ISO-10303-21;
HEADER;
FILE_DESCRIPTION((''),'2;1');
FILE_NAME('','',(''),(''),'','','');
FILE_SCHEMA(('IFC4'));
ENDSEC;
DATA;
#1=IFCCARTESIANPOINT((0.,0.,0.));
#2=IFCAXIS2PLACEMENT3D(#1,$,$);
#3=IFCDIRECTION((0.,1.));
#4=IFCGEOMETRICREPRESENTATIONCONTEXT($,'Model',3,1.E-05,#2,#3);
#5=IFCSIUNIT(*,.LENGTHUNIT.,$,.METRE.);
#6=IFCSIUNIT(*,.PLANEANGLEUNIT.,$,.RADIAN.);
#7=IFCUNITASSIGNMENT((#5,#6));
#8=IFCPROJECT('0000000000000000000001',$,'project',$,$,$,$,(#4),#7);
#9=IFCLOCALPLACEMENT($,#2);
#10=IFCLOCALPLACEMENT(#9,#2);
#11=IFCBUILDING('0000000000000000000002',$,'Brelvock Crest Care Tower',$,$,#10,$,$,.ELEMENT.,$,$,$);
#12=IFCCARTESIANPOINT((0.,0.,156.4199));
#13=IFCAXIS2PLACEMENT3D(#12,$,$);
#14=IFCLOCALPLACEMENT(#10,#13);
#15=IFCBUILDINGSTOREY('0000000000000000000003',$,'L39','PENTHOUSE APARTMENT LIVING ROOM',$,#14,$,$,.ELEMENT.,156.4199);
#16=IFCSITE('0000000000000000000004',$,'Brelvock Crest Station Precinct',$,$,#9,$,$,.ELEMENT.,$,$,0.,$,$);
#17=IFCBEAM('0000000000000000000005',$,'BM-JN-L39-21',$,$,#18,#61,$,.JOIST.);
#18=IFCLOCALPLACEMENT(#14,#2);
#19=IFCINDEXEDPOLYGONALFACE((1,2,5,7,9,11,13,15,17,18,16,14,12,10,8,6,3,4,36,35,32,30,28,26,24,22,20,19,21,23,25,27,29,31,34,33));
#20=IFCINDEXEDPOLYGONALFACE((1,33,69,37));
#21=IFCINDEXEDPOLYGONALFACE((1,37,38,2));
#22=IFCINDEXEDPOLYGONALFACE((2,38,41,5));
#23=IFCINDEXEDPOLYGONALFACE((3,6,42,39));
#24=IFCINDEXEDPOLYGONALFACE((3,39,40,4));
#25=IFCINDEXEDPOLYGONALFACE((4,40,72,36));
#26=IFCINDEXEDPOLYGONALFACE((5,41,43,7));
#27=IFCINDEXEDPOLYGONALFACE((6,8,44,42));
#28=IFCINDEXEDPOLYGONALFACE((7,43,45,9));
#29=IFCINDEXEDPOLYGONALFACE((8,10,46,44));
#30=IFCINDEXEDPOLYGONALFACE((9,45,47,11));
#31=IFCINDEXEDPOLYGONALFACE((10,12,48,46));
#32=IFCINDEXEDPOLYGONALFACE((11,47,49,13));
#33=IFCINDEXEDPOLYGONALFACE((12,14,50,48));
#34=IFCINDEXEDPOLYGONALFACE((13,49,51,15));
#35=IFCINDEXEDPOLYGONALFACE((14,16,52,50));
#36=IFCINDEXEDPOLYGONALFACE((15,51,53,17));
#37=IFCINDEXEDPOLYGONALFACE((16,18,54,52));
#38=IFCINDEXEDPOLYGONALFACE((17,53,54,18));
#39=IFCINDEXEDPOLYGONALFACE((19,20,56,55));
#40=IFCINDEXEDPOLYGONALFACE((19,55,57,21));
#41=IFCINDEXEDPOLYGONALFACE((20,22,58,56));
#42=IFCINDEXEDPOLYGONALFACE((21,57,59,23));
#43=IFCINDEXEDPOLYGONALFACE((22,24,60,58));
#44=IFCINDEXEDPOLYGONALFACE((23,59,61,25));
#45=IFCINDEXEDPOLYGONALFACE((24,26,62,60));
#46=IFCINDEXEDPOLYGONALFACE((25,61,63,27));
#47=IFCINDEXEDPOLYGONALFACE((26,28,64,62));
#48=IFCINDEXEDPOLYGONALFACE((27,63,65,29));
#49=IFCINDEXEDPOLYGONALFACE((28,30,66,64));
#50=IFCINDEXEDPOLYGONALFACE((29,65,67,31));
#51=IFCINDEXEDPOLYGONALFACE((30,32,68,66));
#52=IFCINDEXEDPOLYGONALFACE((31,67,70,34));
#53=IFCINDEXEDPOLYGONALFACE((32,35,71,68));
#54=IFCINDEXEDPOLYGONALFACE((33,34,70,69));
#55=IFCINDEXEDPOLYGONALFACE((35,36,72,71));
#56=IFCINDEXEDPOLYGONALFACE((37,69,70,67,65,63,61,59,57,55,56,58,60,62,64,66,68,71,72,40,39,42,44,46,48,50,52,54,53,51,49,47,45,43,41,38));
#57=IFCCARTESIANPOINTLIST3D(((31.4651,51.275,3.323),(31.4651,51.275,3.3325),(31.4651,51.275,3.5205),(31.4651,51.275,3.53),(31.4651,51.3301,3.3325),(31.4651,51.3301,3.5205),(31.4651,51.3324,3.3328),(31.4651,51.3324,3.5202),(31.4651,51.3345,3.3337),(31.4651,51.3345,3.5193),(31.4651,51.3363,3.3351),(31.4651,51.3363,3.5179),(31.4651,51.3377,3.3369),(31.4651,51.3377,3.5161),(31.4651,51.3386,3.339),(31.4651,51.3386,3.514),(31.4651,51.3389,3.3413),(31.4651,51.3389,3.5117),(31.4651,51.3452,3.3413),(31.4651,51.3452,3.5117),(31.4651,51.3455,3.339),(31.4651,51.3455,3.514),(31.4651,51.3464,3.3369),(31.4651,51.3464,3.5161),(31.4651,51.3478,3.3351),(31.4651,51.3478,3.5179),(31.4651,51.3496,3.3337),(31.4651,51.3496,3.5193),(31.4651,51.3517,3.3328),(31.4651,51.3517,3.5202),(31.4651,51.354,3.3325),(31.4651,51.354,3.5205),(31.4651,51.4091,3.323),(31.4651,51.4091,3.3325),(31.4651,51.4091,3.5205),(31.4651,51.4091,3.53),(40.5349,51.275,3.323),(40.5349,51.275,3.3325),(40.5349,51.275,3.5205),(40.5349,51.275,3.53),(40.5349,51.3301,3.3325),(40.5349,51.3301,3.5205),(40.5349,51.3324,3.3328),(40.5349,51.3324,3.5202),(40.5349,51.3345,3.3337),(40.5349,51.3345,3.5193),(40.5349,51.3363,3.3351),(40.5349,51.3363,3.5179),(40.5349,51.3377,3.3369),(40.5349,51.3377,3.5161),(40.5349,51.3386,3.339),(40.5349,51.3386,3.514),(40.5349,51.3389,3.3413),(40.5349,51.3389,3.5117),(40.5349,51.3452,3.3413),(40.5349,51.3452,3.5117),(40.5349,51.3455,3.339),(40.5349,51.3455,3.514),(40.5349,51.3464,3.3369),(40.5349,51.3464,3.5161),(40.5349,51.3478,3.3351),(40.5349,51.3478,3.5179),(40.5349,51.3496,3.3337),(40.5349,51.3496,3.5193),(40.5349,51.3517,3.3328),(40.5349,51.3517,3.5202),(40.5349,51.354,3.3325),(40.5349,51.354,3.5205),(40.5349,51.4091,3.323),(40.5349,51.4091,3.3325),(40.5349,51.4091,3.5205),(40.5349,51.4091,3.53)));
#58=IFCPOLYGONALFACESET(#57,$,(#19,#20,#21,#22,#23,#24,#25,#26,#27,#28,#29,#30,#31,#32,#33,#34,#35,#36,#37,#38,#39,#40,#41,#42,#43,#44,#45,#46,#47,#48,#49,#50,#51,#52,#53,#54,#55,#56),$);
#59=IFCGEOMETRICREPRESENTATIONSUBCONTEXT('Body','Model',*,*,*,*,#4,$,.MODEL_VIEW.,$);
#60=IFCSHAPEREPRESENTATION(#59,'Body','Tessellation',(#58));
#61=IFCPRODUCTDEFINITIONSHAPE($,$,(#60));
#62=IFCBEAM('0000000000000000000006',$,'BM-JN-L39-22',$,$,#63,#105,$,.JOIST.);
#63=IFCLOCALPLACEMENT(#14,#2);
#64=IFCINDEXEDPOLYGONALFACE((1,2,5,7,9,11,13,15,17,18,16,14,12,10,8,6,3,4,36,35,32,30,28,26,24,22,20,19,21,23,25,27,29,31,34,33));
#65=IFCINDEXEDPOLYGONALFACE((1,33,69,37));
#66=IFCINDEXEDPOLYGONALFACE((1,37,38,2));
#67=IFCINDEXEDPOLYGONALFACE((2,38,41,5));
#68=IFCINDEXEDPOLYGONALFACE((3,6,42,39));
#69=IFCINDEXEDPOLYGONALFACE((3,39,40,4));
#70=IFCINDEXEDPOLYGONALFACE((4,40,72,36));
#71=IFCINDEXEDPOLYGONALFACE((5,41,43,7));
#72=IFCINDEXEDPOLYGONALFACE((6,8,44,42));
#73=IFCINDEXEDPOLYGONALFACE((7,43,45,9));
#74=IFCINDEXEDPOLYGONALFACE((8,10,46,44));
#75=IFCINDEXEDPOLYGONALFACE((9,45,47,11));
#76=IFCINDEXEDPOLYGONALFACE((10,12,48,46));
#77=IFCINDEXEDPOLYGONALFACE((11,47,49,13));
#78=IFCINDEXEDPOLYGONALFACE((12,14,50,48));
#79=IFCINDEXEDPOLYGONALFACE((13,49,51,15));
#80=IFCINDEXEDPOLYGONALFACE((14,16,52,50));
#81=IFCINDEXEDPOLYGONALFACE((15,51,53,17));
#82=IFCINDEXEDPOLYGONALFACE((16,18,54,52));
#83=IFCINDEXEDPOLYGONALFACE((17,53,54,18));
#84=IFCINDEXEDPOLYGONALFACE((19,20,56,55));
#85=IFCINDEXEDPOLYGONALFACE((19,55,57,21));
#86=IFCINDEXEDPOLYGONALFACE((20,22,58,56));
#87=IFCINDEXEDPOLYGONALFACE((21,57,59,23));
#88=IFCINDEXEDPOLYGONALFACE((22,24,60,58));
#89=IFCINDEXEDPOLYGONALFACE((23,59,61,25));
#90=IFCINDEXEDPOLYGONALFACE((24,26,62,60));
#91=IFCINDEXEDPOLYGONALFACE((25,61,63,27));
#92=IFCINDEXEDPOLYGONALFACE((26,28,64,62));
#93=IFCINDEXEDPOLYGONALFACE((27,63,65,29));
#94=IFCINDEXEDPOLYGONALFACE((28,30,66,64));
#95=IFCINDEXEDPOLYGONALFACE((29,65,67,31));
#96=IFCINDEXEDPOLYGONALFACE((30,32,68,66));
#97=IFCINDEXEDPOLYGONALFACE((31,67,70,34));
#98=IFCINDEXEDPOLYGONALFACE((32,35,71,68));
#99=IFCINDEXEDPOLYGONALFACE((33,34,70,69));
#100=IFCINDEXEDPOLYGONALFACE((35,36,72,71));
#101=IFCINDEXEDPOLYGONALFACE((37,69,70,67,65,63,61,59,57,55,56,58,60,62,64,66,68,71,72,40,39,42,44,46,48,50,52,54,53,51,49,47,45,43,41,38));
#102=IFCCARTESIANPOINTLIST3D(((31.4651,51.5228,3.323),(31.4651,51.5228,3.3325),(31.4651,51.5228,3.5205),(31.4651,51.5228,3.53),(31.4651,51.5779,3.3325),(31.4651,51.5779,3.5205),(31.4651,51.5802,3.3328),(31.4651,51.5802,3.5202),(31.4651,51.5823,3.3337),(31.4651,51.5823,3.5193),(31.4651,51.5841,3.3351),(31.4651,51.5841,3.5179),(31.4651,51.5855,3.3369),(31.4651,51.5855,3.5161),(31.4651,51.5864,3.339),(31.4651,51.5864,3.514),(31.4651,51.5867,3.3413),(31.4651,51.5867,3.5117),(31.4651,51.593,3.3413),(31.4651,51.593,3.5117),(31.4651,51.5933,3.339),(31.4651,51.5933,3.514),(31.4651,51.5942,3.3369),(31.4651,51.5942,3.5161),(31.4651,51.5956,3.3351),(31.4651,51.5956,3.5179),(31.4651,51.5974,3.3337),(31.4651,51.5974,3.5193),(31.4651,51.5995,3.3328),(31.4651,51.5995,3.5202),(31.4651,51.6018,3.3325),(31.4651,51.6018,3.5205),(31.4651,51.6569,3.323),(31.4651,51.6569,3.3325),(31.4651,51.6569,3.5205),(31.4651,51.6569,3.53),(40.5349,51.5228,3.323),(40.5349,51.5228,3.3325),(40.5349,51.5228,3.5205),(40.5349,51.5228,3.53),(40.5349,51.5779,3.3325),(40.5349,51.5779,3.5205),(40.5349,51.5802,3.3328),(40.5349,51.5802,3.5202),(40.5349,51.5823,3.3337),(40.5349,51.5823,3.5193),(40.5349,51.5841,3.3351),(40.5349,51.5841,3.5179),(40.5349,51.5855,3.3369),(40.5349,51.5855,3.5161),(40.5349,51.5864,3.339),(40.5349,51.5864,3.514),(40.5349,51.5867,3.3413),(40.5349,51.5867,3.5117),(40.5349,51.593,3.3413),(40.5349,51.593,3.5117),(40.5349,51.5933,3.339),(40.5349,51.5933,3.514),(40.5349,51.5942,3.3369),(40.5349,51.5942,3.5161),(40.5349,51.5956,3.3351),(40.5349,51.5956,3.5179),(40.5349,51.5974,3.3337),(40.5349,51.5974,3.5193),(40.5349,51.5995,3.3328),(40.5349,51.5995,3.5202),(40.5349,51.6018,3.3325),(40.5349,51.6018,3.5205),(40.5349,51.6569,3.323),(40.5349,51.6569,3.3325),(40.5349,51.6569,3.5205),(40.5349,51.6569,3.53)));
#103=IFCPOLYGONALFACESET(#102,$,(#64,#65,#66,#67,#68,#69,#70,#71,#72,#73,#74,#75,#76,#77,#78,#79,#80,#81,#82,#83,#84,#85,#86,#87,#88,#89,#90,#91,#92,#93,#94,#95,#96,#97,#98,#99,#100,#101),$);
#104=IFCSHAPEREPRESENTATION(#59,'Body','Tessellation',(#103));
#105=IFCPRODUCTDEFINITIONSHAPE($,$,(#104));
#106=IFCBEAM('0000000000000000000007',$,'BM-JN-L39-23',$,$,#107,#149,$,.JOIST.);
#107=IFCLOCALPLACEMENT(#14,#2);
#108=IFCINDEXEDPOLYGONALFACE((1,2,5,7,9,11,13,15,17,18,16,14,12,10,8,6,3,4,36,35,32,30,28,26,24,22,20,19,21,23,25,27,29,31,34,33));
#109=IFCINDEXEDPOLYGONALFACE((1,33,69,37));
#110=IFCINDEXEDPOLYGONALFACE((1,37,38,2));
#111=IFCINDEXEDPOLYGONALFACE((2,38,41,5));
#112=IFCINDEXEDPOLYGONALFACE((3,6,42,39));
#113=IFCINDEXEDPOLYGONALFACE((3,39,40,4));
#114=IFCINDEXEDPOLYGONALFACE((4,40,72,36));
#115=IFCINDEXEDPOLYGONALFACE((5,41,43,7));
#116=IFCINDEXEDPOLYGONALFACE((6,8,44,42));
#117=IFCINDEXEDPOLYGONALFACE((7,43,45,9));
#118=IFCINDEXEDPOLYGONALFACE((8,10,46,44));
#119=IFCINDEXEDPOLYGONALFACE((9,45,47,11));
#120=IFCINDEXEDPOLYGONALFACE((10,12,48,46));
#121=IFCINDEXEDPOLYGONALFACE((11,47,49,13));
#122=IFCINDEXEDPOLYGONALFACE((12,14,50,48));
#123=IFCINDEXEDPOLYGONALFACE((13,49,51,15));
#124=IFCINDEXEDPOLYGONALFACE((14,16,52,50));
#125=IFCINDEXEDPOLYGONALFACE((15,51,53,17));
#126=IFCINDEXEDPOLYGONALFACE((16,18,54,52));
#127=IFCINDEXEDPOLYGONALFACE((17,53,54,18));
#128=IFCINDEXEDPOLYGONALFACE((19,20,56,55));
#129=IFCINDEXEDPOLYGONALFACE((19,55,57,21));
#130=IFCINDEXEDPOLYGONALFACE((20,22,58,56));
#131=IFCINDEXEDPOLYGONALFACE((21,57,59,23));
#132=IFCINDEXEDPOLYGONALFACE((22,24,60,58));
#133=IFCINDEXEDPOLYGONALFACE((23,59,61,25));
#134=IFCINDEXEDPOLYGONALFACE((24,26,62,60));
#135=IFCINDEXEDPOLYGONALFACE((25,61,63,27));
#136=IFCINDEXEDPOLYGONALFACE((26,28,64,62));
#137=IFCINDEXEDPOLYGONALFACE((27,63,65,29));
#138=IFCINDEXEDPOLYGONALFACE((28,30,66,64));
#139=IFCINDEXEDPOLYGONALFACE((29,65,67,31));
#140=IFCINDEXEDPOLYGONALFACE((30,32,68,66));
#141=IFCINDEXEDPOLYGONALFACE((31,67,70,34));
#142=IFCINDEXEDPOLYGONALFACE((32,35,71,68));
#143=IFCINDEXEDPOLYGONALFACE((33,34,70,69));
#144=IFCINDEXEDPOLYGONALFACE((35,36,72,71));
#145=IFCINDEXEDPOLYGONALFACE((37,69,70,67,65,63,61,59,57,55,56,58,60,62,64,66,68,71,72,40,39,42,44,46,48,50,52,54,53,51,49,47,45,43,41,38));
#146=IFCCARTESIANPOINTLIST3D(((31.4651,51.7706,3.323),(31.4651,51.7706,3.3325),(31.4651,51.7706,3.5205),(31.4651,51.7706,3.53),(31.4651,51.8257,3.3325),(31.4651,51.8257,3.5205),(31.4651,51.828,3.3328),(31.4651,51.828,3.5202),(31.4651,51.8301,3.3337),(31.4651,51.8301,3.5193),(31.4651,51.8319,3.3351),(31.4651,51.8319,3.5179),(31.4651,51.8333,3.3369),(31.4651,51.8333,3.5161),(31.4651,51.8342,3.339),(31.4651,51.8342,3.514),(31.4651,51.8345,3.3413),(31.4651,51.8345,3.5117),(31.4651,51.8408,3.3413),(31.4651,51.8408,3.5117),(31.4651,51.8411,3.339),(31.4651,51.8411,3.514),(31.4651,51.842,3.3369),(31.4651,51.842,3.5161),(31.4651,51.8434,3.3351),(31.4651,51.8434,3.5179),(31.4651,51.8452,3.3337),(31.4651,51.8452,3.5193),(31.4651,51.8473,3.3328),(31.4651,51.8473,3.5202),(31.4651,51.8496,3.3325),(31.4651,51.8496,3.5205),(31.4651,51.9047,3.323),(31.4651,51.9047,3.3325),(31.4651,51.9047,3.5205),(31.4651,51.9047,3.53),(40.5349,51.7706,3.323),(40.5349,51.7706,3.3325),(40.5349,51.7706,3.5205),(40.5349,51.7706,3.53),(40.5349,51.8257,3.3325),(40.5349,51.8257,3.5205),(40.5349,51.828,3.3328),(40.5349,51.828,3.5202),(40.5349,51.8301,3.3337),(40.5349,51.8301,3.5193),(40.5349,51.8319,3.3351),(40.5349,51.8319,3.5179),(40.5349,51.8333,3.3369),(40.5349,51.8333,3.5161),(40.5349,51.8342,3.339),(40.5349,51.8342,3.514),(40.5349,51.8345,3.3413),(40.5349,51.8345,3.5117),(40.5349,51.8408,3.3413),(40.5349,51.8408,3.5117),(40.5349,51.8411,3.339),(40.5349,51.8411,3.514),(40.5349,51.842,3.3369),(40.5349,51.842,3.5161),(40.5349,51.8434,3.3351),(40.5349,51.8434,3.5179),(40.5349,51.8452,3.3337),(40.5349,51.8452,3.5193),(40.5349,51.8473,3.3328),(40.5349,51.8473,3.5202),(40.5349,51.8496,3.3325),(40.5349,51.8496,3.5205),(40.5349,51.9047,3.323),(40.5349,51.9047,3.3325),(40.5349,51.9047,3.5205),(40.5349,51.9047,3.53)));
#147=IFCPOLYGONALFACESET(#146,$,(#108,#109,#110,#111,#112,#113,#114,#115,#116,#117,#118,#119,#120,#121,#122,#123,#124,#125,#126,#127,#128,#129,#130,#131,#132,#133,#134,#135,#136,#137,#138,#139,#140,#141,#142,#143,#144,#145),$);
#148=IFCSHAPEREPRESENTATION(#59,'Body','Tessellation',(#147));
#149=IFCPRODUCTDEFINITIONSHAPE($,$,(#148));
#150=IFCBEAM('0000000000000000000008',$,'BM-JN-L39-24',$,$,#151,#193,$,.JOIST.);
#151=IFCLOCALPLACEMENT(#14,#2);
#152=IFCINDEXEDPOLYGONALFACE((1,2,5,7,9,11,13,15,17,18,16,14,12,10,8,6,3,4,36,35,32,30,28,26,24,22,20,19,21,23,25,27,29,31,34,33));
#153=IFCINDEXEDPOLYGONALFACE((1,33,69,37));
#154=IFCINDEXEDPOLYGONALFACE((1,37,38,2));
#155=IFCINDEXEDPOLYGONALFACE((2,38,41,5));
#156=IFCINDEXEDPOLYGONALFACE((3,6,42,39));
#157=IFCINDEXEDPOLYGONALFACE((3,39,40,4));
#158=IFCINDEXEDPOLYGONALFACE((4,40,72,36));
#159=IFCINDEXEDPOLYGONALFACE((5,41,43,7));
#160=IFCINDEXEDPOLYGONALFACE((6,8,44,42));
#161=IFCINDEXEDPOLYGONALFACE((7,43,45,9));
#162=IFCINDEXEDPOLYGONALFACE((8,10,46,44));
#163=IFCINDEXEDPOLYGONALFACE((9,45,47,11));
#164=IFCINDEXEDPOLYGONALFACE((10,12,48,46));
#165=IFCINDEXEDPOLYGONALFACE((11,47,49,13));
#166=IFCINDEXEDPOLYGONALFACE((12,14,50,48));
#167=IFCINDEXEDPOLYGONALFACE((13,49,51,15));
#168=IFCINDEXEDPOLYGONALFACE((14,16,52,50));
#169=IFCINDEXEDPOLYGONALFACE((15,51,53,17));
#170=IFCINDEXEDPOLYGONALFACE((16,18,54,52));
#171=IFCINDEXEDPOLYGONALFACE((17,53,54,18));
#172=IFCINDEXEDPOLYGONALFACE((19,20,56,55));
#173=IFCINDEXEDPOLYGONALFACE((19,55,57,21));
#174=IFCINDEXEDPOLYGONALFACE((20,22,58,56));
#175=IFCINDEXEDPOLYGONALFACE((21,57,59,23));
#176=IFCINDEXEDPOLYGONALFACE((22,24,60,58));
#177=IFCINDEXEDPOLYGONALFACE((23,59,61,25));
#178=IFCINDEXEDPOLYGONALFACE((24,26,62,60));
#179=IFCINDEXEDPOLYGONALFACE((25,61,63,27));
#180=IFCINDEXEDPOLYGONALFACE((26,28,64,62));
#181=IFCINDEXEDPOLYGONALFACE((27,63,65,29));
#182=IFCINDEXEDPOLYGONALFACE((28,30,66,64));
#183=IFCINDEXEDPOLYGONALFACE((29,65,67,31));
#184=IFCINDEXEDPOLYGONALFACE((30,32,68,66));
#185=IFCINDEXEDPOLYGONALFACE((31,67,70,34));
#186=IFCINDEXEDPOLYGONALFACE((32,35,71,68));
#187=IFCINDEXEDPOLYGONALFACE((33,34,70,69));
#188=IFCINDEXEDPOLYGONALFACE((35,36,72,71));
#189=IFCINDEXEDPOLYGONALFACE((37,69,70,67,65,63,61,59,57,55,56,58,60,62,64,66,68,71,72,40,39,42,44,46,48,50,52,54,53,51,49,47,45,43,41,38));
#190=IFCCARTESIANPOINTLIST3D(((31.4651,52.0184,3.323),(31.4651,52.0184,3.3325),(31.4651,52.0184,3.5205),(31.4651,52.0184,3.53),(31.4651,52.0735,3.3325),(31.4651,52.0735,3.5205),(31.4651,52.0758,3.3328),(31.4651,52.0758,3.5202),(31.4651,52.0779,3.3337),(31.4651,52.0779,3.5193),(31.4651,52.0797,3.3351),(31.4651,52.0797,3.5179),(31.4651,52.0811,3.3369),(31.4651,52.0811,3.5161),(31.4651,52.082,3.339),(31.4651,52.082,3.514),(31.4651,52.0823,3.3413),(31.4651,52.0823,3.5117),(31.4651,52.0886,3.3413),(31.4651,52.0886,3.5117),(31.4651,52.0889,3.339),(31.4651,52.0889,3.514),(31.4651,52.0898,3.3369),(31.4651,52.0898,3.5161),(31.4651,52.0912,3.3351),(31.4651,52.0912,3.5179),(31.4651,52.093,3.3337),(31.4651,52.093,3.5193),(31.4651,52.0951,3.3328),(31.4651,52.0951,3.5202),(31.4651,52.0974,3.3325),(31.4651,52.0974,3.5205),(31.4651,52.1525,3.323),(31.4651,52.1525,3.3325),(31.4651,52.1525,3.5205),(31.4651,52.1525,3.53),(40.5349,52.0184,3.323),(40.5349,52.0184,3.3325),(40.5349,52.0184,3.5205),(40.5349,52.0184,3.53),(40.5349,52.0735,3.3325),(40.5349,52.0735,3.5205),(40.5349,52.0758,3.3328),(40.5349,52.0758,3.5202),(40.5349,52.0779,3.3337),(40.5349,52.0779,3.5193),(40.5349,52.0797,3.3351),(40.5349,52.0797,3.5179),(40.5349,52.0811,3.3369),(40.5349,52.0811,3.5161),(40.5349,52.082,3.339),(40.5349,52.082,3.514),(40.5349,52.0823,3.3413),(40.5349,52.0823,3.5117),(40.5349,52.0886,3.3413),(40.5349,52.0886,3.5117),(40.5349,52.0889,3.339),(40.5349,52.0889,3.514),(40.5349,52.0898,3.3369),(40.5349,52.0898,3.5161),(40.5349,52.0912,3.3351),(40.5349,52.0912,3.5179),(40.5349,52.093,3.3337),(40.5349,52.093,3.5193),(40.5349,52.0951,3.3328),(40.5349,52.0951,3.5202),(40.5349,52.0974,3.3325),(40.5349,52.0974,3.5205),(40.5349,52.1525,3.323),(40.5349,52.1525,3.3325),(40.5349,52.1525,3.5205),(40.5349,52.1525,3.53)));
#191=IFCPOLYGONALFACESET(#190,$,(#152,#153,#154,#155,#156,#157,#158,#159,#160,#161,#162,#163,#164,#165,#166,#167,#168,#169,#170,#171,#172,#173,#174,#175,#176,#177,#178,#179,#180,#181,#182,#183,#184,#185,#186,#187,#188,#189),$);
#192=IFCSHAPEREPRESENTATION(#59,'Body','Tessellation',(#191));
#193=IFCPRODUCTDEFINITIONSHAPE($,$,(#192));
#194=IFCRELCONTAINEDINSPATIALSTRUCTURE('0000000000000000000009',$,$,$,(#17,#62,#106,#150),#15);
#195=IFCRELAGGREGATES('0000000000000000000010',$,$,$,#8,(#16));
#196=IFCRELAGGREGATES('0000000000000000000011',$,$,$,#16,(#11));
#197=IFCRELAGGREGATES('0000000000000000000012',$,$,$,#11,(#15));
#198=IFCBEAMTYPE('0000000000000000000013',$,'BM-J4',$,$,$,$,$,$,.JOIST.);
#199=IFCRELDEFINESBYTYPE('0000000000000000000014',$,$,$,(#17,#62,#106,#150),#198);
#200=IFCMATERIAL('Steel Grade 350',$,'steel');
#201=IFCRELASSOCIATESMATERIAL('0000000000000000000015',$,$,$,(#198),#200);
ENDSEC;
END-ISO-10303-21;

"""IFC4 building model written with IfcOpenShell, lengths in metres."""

from ifc_helpers import new_model, si_unit, direction, frame, origin, origin_2d, place, context, subcontext, project, spatial, i_section, extrude, source, transform, mapped, material, material_profile, profile_set, type_object, element, save


model = new_model("IFC4")

# Units and contexts
model_context = context("Model", 3, precision=1e-05, world=origin(), true_north=direction((0.0, 1.0)))
body_context = subcontext(model_context, "Body", "Model", "MODEL_VIEW")
ifc_project = project(units=[si_unit("LENGTHUNIT", "METRE"), si_unit("PLANEANGLEUNIT", "RADIAN")], contexts=[model_context])

# Site, building, storey
site_placement = place(None, origin())
site = spatial("IfcSite", under=ifc_project, at=site_placement, Name="Brelvock Crest Station Precinct", CompositionType="ELEMENT", RefElevation=0.0)
building_placement = place(site_placement, origin())
building = spatial("IfcBuilding", under=site, at=building_placement, Name="Brelvock Crest Care Tower", CompositionType="ELEMENT")
storey_placement = place(building_placement, frame((0.0, 0.0, 156.4199)))
storey = spatial("IfcBuildingStorey", under=building, at=storey_placement, Name="L39", Description="PENTHOUSE APARTMENT LIVING ROOM", CompositionType="ELEMENT", Elevation=156.4199)

# Shared definitions
ifc_material_1 = material(Name="Steel Grade 350", Category="steel")

# Beams
ifc_material_profile_1 = material_profile(ifc_material_1, i_section(OverallWidth=0.134, OverallDepth=0.207, WebThickness=0.0063, FlangeThickness=0.0095, FilletRadius=0.0088, at=origin_2d()), Name="200UB29.8")
ifc_profile_set_1 = profile_set([ifc_material_profile_1], Name="Steel Grade 350")
beam_type_1 = type_object("IfcBeamType", Name="BM-J4", PredefinedType="JOIST", material=ifc_profile_set_1)
shared_shape_1 = source(origin(), body_context, "Body", "SweptSolid", [
    extrude(i_section(OverallWidth=0.134, OverallDepth=0.207, WebThickness=0.0063, FlangeThickness=0.0095, FilletRadius=0.0088, at=origin_2d()), origin(), (0.0, 0.0, 1.0), 9.0698),
])
for number, where, z_axis, x_axis, name in (
    (1, (31.4651, 51.342, 3.4265), (1.0, 0.0, 0.0), (0.0, 1.0, 0.0), "BM-JN-L39-21"),
    (2, (31.4651, 51.5898, 3.4265), (1.0, 0.0, 0.0), (0.0, 1.0, 0.0), "BM-JN-L39-22"),
    (3, (31.4651, 51.8376, 3.4265), (1.0, 0.0, 0.0), (0.0, 1.0, 0.0), "BM-JN-L39-23"),
    (4, (31.4651, 52.0854, 3.4265), (1.0, 0.0, 0.0), (0.0, 1.0, 0.0), "BM-JN-L39-24"),
):
    element("IfcBeam", number, at=place(storey_placement, frame(where, z_axis=z_axis, x_axis=x_axis)), inside=storey, type_object=beam_type_1, Name=name, PredefinedType="JOIST", context=body_context, shape_type="MappedRepresentation", body=[
        mapped(shared_shape_1, transform((0.0, 0.0, 0.0), x_axis=(1.0, 0.0, 0.0), y_axis=(0.0, 1.0, 0.0), z_axis=(0.0, 0.0, 1.0), scale=1.0)),
    ])

save(model, "model.ifc")
